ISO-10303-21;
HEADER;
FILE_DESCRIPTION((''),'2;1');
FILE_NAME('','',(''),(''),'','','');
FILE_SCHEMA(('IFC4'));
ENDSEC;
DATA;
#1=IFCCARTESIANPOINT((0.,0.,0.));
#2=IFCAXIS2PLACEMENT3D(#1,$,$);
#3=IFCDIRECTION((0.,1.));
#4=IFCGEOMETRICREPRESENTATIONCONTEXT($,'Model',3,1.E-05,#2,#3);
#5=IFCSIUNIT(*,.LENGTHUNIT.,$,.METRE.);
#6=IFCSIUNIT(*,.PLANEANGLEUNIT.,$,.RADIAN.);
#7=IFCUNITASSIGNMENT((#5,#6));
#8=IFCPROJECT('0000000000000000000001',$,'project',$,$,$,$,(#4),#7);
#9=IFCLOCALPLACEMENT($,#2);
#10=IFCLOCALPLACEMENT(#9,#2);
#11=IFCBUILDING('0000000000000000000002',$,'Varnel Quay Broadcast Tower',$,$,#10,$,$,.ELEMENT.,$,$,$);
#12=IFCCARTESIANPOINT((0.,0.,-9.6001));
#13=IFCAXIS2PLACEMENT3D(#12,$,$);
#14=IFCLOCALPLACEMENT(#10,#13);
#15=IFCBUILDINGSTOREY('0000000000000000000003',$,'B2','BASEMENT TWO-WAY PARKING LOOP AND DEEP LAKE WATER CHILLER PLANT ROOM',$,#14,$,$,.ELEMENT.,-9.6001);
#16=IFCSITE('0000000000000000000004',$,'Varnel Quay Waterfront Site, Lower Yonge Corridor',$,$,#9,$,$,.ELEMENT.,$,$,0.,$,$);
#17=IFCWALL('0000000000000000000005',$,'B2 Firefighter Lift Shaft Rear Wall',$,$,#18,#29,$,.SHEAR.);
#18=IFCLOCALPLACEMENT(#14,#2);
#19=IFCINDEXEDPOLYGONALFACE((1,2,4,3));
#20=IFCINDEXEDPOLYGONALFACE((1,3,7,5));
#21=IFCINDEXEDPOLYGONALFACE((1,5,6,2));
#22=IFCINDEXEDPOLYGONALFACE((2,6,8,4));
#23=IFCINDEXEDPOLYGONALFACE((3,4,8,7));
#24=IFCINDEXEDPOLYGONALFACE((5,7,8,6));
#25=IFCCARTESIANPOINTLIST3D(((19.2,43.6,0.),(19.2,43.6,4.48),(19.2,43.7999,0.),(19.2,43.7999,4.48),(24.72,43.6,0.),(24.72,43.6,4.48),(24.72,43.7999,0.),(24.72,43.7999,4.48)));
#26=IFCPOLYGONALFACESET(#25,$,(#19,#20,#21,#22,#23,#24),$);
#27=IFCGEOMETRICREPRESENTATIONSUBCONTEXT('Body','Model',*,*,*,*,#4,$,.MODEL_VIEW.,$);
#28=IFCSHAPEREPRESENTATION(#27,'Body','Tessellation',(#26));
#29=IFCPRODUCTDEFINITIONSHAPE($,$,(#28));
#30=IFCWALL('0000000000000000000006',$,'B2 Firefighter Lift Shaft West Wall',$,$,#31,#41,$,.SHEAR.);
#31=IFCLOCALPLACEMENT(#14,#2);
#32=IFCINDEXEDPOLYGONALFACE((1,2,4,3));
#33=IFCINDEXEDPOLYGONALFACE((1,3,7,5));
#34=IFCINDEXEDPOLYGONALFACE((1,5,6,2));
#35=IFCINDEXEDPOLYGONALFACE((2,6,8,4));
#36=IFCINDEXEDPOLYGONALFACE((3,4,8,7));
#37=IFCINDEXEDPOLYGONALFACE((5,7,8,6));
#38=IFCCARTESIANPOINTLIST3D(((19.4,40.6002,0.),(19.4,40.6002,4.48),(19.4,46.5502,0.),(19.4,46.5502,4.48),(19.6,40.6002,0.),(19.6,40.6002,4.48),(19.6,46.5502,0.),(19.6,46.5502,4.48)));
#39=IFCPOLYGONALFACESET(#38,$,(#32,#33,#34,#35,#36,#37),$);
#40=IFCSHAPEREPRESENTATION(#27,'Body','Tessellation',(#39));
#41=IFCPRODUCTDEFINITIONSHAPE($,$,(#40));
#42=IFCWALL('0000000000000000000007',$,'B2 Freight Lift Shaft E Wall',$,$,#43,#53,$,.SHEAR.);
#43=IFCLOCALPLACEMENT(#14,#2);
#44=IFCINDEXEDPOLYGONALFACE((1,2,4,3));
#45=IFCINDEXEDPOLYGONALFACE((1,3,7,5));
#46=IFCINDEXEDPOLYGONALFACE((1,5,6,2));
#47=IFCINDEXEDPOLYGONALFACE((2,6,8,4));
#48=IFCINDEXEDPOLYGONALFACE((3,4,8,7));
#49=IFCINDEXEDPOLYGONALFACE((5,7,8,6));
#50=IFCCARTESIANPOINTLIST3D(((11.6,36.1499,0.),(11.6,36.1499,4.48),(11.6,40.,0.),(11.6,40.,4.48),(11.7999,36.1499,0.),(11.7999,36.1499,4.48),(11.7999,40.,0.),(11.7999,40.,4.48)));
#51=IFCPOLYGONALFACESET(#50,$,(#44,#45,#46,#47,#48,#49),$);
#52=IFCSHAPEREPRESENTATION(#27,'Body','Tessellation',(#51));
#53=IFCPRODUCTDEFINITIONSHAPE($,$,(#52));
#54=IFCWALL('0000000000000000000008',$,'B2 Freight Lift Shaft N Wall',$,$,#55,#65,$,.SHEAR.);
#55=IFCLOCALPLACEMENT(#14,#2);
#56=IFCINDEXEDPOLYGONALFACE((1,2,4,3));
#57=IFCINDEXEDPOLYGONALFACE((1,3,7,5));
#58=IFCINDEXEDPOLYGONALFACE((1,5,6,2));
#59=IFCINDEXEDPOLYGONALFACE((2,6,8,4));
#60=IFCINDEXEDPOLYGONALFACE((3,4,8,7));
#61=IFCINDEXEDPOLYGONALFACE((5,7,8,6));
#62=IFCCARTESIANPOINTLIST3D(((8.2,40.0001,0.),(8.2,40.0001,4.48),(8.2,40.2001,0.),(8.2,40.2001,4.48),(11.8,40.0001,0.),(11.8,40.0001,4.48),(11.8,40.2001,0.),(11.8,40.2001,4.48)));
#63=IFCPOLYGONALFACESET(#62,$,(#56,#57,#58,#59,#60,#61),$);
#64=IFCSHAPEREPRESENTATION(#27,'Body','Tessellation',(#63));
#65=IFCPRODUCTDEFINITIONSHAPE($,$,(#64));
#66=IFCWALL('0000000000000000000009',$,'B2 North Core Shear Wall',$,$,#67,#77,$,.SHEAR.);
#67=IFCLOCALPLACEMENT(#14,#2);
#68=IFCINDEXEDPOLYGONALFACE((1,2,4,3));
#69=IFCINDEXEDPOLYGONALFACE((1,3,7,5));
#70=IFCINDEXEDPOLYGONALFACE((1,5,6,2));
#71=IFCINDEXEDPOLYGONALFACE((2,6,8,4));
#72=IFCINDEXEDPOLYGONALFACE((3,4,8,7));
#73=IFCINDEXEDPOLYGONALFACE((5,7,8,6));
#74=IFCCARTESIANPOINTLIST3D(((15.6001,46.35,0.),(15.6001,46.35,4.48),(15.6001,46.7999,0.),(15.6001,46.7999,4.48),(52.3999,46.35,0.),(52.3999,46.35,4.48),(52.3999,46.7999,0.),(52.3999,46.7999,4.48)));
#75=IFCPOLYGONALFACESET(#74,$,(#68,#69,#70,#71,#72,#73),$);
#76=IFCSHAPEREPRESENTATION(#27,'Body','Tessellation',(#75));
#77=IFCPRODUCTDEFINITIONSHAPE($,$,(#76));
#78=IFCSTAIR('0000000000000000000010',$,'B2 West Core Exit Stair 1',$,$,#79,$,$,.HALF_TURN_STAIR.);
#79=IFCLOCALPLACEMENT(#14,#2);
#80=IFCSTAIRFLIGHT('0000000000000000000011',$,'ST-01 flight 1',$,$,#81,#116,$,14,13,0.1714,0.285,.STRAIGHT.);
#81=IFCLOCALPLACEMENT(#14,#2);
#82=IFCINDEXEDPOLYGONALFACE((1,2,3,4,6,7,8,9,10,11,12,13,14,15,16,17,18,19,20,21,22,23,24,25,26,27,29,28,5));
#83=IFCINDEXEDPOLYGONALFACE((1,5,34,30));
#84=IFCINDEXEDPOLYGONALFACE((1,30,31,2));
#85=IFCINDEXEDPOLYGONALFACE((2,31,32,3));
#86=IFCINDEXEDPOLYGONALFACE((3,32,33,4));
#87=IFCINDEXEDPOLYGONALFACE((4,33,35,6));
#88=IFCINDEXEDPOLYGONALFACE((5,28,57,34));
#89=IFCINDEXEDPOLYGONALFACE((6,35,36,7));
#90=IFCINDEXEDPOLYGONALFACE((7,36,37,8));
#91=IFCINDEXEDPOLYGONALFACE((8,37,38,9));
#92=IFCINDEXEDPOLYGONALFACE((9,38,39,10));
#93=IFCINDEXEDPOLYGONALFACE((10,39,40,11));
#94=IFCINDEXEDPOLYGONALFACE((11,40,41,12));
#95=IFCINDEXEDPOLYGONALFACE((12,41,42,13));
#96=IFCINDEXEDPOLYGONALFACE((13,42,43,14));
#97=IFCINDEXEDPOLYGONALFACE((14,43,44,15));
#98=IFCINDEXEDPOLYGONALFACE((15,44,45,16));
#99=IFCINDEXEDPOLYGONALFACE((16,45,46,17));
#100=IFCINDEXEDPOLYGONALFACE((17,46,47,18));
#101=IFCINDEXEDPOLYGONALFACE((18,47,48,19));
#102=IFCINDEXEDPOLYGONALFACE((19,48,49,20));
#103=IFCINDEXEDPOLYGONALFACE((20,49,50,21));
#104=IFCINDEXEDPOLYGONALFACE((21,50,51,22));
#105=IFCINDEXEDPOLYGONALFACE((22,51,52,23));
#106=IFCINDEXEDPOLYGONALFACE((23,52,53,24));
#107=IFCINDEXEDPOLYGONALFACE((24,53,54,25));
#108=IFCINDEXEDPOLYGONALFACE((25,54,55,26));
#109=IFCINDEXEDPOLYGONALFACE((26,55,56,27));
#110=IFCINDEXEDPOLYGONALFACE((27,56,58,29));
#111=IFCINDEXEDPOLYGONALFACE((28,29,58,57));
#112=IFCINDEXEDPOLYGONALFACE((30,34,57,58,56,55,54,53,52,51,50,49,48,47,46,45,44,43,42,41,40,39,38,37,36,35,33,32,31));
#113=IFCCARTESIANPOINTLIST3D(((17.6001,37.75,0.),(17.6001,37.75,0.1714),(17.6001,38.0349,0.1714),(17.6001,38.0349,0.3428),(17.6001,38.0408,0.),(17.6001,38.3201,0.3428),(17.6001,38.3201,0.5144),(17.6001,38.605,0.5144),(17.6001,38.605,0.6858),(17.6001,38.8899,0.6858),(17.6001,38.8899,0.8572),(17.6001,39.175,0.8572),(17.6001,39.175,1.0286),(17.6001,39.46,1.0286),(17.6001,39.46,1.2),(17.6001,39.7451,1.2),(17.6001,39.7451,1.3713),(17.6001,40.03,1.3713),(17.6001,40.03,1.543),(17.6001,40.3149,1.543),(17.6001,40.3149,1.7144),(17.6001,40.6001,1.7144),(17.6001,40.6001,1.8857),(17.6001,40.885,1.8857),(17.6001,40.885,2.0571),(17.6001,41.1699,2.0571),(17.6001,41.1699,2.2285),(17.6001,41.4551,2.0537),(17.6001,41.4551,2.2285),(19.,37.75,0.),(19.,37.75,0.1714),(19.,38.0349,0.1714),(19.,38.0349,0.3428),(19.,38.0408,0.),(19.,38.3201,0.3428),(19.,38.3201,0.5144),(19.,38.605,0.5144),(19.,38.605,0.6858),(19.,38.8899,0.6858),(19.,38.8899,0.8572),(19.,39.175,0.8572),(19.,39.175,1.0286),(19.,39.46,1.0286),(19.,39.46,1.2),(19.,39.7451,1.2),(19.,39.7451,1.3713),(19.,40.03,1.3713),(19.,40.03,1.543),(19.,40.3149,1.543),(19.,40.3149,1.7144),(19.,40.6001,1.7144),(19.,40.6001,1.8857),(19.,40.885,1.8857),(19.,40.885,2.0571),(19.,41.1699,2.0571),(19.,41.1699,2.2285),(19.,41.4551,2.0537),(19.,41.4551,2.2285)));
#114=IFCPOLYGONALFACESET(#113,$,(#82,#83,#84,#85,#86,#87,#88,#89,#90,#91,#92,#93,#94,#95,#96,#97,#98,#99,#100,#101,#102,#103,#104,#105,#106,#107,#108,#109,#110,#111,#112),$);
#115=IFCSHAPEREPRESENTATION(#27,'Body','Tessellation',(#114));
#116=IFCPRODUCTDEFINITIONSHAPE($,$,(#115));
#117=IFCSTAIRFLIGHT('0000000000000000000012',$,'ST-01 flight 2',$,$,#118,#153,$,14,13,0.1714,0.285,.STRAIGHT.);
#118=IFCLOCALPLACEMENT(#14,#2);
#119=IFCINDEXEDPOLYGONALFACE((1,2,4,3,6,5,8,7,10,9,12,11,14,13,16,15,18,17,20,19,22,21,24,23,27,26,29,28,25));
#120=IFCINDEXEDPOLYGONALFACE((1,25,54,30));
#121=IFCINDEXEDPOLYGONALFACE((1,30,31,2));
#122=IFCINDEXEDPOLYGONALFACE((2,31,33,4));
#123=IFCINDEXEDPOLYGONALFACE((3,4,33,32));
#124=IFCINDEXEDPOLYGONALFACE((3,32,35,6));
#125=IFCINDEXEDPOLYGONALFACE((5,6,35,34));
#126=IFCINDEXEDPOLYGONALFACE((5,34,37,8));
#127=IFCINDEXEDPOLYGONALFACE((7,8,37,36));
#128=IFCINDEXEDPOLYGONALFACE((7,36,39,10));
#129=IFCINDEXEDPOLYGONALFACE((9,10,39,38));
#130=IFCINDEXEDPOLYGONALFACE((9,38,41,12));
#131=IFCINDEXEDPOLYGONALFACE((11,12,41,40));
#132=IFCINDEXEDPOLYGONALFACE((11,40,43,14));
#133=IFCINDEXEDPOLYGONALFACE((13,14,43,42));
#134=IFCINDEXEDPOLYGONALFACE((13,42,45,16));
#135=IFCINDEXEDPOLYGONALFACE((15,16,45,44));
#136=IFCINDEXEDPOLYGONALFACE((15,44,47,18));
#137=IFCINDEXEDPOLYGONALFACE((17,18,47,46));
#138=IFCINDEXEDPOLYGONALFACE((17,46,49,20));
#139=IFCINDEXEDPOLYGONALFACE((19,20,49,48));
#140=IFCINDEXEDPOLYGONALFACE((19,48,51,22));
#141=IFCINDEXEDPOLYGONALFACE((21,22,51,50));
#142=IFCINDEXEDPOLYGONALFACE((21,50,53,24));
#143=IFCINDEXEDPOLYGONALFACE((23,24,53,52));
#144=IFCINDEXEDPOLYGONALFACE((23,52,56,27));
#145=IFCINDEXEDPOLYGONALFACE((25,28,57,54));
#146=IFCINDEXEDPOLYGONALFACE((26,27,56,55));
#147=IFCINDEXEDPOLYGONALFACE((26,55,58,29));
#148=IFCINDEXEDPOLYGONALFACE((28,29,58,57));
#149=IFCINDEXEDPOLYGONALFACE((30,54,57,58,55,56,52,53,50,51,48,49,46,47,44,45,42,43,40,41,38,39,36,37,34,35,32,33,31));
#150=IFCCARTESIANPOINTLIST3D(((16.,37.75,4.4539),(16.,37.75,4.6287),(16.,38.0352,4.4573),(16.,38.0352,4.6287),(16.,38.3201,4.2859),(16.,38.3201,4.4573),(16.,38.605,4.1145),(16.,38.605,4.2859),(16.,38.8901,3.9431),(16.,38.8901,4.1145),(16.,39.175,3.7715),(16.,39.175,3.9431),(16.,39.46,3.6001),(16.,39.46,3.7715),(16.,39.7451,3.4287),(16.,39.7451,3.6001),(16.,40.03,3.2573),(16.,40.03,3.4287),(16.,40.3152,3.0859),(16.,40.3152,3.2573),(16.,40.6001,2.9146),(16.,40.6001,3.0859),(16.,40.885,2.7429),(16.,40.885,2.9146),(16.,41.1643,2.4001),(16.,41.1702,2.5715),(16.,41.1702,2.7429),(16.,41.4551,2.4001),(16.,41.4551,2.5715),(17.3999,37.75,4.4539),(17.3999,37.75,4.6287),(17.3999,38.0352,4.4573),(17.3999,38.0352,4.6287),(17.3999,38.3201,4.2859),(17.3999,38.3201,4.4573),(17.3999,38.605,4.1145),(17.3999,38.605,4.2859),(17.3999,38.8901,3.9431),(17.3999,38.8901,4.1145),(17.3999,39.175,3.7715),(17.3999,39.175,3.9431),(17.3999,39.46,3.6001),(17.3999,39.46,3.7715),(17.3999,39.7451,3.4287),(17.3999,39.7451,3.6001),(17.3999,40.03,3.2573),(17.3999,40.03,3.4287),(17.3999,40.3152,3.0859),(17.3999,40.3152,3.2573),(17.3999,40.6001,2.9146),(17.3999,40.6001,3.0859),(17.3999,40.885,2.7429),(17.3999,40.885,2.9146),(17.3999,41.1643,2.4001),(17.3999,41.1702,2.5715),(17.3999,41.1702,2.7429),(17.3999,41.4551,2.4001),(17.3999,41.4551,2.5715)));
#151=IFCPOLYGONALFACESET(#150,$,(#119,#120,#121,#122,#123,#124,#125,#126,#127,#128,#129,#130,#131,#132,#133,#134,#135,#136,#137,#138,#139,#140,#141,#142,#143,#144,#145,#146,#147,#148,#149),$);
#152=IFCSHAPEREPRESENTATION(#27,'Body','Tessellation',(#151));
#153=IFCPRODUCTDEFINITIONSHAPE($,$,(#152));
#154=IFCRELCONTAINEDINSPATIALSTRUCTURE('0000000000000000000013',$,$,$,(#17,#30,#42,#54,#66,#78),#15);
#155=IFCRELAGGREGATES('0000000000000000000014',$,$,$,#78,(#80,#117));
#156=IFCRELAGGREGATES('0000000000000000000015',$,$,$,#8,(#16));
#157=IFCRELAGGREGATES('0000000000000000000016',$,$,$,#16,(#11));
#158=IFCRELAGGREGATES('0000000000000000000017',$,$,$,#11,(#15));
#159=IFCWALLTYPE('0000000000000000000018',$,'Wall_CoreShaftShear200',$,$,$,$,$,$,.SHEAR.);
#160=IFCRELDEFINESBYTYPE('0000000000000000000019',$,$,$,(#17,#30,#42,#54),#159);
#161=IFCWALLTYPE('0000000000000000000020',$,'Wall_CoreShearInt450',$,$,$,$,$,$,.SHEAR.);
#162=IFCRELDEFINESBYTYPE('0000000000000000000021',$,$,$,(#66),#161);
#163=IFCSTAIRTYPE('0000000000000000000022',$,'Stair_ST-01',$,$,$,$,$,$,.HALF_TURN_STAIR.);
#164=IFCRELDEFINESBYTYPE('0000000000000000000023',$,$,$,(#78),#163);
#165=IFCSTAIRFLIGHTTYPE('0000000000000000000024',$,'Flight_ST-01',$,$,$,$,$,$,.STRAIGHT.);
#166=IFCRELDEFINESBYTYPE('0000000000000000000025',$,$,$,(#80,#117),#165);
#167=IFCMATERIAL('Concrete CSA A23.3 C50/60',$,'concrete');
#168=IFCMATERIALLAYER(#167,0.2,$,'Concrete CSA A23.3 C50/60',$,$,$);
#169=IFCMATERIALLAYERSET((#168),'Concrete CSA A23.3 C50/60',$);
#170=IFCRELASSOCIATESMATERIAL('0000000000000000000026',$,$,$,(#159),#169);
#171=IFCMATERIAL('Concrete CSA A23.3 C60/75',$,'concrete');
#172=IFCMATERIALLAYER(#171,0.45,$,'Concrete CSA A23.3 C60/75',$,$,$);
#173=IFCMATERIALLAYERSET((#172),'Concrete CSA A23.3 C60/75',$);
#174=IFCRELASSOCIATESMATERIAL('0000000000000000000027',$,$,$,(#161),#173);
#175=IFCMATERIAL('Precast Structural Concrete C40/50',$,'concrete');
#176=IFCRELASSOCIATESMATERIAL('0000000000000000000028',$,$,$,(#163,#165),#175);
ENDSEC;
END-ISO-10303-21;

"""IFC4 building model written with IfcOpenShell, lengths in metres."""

from ifc_helpers import new_model, si_unit, direction, frame, frame_2d, origin, place, context, subcontext, project, spatial, polyline, rectangle, outline, extrude, material, layer, layer_set, type_object, element, aggregate, save


model = new_model("IFC4")

# Units and contexts
model_context = context("Model", 3, precision=1e-05, world=origin(), true_north=direction((0.0, 1.0)))
body_context = subcontext(model_context, "Body", "Model", "MODEL_VIEW")
ifc_project = project(units=[si_unit("LENGTHUNIT", "METRE"), si_unit("PLANEANGLEUNIT", "RADIAN")], contexts=[model_context])

# Site, building, storey
site_placement = place(None, origin())
site = spatial("IfcSite", under=ifc_project, at=site_placement, Name="Varnel Quay Waterfront Site, Lower Yonge Corridor", CompositionType="ELEMENT", RefElevation=0.0)
building_placement = place(site_placement, origin())
building = spatial("IfcBuilding", under=site, at=building_placement, Name="Varnel Quay Broadcast Tower", CompositionType="ELEMENT")
storey_placement = place(building_placement, frame((0.0, 0.0, -9.6001)))
storey = spatial("IfcBuildingStorey", under=building, at=storey_placement, Name="B2", Description="BASEMENT TWO-WAY PARKING LOOP AND DEEP LAKE WATER CHILLER PLANT ROOM", CompositionType="ELEMENT", Elevation=-9.6001)

# Shared definitions
ifc_material_1 = material(Name="Concrete CSA A23.3 C50/60", Category="concrete")

# Shared definitions
ifc_layer_1 = layer(ifc_material_1, 0.2, Name="Concrete CSA A23.3 C50/60")
ifc_layer_set_1 = layer_set([ifc_layer_1], Name="Concrete CSA A23.3 C50/60")
wall_type_1 = type_object("IfcWallType", Name="Wall_CoreShaftShear200", PredefinedType="SHEAR", material=ifc_layer_set_1)

# Walls
wall_1_placement = place(storey_placement, frame((19.2, 43.7, 0.0), z_axis=(0.0, 0.0, 1.0), x_axis=(1.0, 0.0, 0.0)))
element("IfcWall", 1, at=wall_1_placement, inside=storey, type_object=wall_type_1, Name="B2 Firefighter Lift Shaft Rear Wall", PredefinedType="SHEAR", context=body_context, shape_type="SweptSolid", body=[
    extrude(rectangle(XDim=5.52, YDim=0.2, at=frame_2d((2.76, 0.0))), origin(), (0.0, 0.0, 1.0), 4.48),
])
wall_2_placement = place(storey_placement, frame((19.5, 40.6001, 0.0), z_axis=(0.0, 0.0, 1.0), x_axis=(0.0, 1.0, 0.0)))
element("IfcWall", 2, at=wall_2_placement, inside=storey, type_object=wall_type_1, Name="B2 Firefighter Lift Shaft West Wall", PredefinedType="SHEAR", context=body_context, shape_type="SweptSolid", body=[
    extrude(rectangle(XDim=5.95, YDim=0.2, at=frame_2d((2.9751, 0.0))), origin(), (0.0, 0.0, 1.0), 4.48),
])
wall_3_placement = place(storey_placement, frame((11.7, 36.1499, 0.0), z_axis=(0.0, 0.0, 1.0), x_axis=(0.0, 1.0, 0.0)))
element("IfcWall", 3, at=wall_3_placement, inside=storey, type_object=wall_type_1, Name="B2 Freight Lift Shaft E Wall", PredefinedType="SHEAR", context=body_context, shape_type="SweptSolid", body=[
    extrude(rectangle(XDim=3.8501, YDim=0.2, at=frame_2d((1.925, 0.0))), origin(), (0.0, 0.0, 1.0), 4.48),
])
wall_4_placement = place(storey_placement, frame((8.2, 40.1001, 0.0), z_axis=(0.0, 0.0, 1.0), x_axis=(1.0, 0.0, 0.0)))
element("IfcWall", 4, at=wall_4_placement, inside=storey, type_object=wall_type_1, Name="B2 Freight Lift Shaft N Wall", PredefinedType="SHEAR", context=body_context, shape_type="SweptSolid", body=[
    extrude(rectangle(XDim=3.6001, YDim=0.2, at=frame_2d((1.8, 0.0))), origin(), (0.0, 0.0, 1.0), 4.48),
])
ifc_material_2 = material(Name="Concrete CSA A23.3 C60/75", Category="concrete")
ifc_layer_2 = layer(ifc_material_2, 0.45, Name="Concrete CSA A23.3 C60/75")
ifc_layer_set_2 = layer_set([ifc_layer_2], Name="Concrete CSA A23.3 C60/75")
wall_type_2 = type_object("IfcWallType", Name="Wall_CoreShearInt450", PredefinedType="SHEAR", material=ifc_layer_set_2)
wall_5_placement = place(storey_placement, frame((15.6001, 46.575, 0.0), z_axis=(0.0, 0.0, 1.0), x_axis=(1.0, 0.0, 0.0)))
element("IfcWall", 5, at=wall_5_placement, inside=storey, type_object=wall_type_2, Name="B2 North Core Shear Wall", PredefinedType="SHEAR", context=body_context, shape_type="SweptSolid", body=[
    extrude(rectangle(XDim=36.7998, YDim=0.45, at=frame_2d((18.3999, 0.0))), origin(), (0.0, 0.0, 1.0), 4.48),
])

# Stair, stair flights
ifc_material_3 = material(Name="Precast Structural Concrete C40/50", Category="concrete")
stair_type = type_object("IfcStairType", Name="Stair_ST-01", PredefinedType="HALF_TURN_STAIR", material=ifc_material_3)
stair_placement = place(storey_placement, origin())
stair = element("IfcStair", 6, at=stair_placement, inside=storey, type_object=stair_type, Name="B2 West Core Exit Stair 1", PredefinedType="HALF_TURN_STAIR")
stair_flight_type = type_object("IfcStairFlightType", Name="Flight_ST-01", PredefinedType="STRAIGHT", material=ifc_material_3)
stair_flight_1_placement = place(storey_placement, frame((18.3, 37.75, 0.0), z_axis=(0.0, 0.0, 1.0), x_axis=(0.0, 1.0, 0.0)))
stair_flight_1 = element("IfcStairFlight", 7, at=stair_flight_1_placement, type_object=stair_flight_type, Name="ST-01 flight 1", NumberOfRisers=14, NumberOfTreads=13, PredefinedType="STRAIGHT", RiserHeight=0.1714, TreadLength=0.285, context=body_context, shape_type="SweptSolid", body=[
    extrude(outline(polyline([(0.0, 0.0), (0.0, 0.1714), (0.2849, 0.1714), (0.2849, 0.3428), (0.5701, 0.3428), (0.5701, 0.5144), (0.855, 0.5144), (0.855, 0.6858), (1.1399, 0.6858), (1.1399, 0.8572), (1.425, 0.8572), (1.425, 1.0286), (1.71, 1.0286), (1.71, 1.2), (1.9951, 1.2), (1.9951, 1.3713), (2.28, 1.3713), (2.28, 1.543), (2.5649, 1.543), (2.5649, 1.7144), (2.8501, 1.7144), (2.8501, 1.8857), (3.135, 1.8857), (3.135, 2.0571), (3.4199, 2.0571), (3.4199, 2.2285), (3.7051, 2.2285), (3.7051, 2.3999), (3.7051, 2.0537), (0.2908, 0.0), (0.0, 0.0)])), frame((0.0, 0.7, 0.0), z_axis=(0.0, -1.0, 0.0), x_axis=(1.0, 0.0, 0.0)), (0.0, 0.0, 1.0), 1.3999),
])
stair_flight_2_placement = place(storey_placement, frame((16.7, 41.4551, 2.4001), z_axis=(0.0, 0.0, 1.0), x_axis=(0.0, -1.0, 0.0)))
stair_flight_2 = element("IfcStairFlight", 8, at=stair_flight_2_placement, type_object=stair_flight_type, Name="ST-01 flight 2", NumberOfRisers=14, NumberOfTreads=13, PredefinedType="STRAIGHT", RiserHeight=0.1714, TreadLength=0.285, context=body_context, shape_type="SweptSolid", body=[
    extrude(outline(polyline([(0.0, 0.0), (0.0, 0.1714), (0.2849, 0.1714), (0.2849, 0.3428), (0.5701, 0.3428), (0.5701, 0.5144), (0.855, 0.5144), (0.855, 0.6858), (1.1399, 0.6858), (1.1399, 0.8572), (1.425, 0.8572), (1.425, 1.0286), (1.71, 1.0286), (1.71, 1.2), (1.9951, 1.2), (1.9951, 1.3713), (2.28, 1.3713), (2.28, 1.543), (2.5649, 1.543), (2.5649, 1.7144), (2.8501, 1.7144), (2.8501, 1.8857), (3.135, 1.8857), (3.135, 2.0571), (3.4199, 2.0571), (3.4199, 2.2285), (3.7051, 2.2285), (3.7051, 2.3999), (3.7051, 2.0537), (0.2908, 0.0), (0.0, 0.0)])), frame((0.0, 0.7, 0.0), z_axis=(0.0, -1.0, 0.0), x_axis=(1.0, 0.0, 0.0)), (0.0, 0.0, 1.0), 1.3999),
])
aggregate(stair, [stair_flight_1, stair_flight_2])

save(model, "model.ifc")
